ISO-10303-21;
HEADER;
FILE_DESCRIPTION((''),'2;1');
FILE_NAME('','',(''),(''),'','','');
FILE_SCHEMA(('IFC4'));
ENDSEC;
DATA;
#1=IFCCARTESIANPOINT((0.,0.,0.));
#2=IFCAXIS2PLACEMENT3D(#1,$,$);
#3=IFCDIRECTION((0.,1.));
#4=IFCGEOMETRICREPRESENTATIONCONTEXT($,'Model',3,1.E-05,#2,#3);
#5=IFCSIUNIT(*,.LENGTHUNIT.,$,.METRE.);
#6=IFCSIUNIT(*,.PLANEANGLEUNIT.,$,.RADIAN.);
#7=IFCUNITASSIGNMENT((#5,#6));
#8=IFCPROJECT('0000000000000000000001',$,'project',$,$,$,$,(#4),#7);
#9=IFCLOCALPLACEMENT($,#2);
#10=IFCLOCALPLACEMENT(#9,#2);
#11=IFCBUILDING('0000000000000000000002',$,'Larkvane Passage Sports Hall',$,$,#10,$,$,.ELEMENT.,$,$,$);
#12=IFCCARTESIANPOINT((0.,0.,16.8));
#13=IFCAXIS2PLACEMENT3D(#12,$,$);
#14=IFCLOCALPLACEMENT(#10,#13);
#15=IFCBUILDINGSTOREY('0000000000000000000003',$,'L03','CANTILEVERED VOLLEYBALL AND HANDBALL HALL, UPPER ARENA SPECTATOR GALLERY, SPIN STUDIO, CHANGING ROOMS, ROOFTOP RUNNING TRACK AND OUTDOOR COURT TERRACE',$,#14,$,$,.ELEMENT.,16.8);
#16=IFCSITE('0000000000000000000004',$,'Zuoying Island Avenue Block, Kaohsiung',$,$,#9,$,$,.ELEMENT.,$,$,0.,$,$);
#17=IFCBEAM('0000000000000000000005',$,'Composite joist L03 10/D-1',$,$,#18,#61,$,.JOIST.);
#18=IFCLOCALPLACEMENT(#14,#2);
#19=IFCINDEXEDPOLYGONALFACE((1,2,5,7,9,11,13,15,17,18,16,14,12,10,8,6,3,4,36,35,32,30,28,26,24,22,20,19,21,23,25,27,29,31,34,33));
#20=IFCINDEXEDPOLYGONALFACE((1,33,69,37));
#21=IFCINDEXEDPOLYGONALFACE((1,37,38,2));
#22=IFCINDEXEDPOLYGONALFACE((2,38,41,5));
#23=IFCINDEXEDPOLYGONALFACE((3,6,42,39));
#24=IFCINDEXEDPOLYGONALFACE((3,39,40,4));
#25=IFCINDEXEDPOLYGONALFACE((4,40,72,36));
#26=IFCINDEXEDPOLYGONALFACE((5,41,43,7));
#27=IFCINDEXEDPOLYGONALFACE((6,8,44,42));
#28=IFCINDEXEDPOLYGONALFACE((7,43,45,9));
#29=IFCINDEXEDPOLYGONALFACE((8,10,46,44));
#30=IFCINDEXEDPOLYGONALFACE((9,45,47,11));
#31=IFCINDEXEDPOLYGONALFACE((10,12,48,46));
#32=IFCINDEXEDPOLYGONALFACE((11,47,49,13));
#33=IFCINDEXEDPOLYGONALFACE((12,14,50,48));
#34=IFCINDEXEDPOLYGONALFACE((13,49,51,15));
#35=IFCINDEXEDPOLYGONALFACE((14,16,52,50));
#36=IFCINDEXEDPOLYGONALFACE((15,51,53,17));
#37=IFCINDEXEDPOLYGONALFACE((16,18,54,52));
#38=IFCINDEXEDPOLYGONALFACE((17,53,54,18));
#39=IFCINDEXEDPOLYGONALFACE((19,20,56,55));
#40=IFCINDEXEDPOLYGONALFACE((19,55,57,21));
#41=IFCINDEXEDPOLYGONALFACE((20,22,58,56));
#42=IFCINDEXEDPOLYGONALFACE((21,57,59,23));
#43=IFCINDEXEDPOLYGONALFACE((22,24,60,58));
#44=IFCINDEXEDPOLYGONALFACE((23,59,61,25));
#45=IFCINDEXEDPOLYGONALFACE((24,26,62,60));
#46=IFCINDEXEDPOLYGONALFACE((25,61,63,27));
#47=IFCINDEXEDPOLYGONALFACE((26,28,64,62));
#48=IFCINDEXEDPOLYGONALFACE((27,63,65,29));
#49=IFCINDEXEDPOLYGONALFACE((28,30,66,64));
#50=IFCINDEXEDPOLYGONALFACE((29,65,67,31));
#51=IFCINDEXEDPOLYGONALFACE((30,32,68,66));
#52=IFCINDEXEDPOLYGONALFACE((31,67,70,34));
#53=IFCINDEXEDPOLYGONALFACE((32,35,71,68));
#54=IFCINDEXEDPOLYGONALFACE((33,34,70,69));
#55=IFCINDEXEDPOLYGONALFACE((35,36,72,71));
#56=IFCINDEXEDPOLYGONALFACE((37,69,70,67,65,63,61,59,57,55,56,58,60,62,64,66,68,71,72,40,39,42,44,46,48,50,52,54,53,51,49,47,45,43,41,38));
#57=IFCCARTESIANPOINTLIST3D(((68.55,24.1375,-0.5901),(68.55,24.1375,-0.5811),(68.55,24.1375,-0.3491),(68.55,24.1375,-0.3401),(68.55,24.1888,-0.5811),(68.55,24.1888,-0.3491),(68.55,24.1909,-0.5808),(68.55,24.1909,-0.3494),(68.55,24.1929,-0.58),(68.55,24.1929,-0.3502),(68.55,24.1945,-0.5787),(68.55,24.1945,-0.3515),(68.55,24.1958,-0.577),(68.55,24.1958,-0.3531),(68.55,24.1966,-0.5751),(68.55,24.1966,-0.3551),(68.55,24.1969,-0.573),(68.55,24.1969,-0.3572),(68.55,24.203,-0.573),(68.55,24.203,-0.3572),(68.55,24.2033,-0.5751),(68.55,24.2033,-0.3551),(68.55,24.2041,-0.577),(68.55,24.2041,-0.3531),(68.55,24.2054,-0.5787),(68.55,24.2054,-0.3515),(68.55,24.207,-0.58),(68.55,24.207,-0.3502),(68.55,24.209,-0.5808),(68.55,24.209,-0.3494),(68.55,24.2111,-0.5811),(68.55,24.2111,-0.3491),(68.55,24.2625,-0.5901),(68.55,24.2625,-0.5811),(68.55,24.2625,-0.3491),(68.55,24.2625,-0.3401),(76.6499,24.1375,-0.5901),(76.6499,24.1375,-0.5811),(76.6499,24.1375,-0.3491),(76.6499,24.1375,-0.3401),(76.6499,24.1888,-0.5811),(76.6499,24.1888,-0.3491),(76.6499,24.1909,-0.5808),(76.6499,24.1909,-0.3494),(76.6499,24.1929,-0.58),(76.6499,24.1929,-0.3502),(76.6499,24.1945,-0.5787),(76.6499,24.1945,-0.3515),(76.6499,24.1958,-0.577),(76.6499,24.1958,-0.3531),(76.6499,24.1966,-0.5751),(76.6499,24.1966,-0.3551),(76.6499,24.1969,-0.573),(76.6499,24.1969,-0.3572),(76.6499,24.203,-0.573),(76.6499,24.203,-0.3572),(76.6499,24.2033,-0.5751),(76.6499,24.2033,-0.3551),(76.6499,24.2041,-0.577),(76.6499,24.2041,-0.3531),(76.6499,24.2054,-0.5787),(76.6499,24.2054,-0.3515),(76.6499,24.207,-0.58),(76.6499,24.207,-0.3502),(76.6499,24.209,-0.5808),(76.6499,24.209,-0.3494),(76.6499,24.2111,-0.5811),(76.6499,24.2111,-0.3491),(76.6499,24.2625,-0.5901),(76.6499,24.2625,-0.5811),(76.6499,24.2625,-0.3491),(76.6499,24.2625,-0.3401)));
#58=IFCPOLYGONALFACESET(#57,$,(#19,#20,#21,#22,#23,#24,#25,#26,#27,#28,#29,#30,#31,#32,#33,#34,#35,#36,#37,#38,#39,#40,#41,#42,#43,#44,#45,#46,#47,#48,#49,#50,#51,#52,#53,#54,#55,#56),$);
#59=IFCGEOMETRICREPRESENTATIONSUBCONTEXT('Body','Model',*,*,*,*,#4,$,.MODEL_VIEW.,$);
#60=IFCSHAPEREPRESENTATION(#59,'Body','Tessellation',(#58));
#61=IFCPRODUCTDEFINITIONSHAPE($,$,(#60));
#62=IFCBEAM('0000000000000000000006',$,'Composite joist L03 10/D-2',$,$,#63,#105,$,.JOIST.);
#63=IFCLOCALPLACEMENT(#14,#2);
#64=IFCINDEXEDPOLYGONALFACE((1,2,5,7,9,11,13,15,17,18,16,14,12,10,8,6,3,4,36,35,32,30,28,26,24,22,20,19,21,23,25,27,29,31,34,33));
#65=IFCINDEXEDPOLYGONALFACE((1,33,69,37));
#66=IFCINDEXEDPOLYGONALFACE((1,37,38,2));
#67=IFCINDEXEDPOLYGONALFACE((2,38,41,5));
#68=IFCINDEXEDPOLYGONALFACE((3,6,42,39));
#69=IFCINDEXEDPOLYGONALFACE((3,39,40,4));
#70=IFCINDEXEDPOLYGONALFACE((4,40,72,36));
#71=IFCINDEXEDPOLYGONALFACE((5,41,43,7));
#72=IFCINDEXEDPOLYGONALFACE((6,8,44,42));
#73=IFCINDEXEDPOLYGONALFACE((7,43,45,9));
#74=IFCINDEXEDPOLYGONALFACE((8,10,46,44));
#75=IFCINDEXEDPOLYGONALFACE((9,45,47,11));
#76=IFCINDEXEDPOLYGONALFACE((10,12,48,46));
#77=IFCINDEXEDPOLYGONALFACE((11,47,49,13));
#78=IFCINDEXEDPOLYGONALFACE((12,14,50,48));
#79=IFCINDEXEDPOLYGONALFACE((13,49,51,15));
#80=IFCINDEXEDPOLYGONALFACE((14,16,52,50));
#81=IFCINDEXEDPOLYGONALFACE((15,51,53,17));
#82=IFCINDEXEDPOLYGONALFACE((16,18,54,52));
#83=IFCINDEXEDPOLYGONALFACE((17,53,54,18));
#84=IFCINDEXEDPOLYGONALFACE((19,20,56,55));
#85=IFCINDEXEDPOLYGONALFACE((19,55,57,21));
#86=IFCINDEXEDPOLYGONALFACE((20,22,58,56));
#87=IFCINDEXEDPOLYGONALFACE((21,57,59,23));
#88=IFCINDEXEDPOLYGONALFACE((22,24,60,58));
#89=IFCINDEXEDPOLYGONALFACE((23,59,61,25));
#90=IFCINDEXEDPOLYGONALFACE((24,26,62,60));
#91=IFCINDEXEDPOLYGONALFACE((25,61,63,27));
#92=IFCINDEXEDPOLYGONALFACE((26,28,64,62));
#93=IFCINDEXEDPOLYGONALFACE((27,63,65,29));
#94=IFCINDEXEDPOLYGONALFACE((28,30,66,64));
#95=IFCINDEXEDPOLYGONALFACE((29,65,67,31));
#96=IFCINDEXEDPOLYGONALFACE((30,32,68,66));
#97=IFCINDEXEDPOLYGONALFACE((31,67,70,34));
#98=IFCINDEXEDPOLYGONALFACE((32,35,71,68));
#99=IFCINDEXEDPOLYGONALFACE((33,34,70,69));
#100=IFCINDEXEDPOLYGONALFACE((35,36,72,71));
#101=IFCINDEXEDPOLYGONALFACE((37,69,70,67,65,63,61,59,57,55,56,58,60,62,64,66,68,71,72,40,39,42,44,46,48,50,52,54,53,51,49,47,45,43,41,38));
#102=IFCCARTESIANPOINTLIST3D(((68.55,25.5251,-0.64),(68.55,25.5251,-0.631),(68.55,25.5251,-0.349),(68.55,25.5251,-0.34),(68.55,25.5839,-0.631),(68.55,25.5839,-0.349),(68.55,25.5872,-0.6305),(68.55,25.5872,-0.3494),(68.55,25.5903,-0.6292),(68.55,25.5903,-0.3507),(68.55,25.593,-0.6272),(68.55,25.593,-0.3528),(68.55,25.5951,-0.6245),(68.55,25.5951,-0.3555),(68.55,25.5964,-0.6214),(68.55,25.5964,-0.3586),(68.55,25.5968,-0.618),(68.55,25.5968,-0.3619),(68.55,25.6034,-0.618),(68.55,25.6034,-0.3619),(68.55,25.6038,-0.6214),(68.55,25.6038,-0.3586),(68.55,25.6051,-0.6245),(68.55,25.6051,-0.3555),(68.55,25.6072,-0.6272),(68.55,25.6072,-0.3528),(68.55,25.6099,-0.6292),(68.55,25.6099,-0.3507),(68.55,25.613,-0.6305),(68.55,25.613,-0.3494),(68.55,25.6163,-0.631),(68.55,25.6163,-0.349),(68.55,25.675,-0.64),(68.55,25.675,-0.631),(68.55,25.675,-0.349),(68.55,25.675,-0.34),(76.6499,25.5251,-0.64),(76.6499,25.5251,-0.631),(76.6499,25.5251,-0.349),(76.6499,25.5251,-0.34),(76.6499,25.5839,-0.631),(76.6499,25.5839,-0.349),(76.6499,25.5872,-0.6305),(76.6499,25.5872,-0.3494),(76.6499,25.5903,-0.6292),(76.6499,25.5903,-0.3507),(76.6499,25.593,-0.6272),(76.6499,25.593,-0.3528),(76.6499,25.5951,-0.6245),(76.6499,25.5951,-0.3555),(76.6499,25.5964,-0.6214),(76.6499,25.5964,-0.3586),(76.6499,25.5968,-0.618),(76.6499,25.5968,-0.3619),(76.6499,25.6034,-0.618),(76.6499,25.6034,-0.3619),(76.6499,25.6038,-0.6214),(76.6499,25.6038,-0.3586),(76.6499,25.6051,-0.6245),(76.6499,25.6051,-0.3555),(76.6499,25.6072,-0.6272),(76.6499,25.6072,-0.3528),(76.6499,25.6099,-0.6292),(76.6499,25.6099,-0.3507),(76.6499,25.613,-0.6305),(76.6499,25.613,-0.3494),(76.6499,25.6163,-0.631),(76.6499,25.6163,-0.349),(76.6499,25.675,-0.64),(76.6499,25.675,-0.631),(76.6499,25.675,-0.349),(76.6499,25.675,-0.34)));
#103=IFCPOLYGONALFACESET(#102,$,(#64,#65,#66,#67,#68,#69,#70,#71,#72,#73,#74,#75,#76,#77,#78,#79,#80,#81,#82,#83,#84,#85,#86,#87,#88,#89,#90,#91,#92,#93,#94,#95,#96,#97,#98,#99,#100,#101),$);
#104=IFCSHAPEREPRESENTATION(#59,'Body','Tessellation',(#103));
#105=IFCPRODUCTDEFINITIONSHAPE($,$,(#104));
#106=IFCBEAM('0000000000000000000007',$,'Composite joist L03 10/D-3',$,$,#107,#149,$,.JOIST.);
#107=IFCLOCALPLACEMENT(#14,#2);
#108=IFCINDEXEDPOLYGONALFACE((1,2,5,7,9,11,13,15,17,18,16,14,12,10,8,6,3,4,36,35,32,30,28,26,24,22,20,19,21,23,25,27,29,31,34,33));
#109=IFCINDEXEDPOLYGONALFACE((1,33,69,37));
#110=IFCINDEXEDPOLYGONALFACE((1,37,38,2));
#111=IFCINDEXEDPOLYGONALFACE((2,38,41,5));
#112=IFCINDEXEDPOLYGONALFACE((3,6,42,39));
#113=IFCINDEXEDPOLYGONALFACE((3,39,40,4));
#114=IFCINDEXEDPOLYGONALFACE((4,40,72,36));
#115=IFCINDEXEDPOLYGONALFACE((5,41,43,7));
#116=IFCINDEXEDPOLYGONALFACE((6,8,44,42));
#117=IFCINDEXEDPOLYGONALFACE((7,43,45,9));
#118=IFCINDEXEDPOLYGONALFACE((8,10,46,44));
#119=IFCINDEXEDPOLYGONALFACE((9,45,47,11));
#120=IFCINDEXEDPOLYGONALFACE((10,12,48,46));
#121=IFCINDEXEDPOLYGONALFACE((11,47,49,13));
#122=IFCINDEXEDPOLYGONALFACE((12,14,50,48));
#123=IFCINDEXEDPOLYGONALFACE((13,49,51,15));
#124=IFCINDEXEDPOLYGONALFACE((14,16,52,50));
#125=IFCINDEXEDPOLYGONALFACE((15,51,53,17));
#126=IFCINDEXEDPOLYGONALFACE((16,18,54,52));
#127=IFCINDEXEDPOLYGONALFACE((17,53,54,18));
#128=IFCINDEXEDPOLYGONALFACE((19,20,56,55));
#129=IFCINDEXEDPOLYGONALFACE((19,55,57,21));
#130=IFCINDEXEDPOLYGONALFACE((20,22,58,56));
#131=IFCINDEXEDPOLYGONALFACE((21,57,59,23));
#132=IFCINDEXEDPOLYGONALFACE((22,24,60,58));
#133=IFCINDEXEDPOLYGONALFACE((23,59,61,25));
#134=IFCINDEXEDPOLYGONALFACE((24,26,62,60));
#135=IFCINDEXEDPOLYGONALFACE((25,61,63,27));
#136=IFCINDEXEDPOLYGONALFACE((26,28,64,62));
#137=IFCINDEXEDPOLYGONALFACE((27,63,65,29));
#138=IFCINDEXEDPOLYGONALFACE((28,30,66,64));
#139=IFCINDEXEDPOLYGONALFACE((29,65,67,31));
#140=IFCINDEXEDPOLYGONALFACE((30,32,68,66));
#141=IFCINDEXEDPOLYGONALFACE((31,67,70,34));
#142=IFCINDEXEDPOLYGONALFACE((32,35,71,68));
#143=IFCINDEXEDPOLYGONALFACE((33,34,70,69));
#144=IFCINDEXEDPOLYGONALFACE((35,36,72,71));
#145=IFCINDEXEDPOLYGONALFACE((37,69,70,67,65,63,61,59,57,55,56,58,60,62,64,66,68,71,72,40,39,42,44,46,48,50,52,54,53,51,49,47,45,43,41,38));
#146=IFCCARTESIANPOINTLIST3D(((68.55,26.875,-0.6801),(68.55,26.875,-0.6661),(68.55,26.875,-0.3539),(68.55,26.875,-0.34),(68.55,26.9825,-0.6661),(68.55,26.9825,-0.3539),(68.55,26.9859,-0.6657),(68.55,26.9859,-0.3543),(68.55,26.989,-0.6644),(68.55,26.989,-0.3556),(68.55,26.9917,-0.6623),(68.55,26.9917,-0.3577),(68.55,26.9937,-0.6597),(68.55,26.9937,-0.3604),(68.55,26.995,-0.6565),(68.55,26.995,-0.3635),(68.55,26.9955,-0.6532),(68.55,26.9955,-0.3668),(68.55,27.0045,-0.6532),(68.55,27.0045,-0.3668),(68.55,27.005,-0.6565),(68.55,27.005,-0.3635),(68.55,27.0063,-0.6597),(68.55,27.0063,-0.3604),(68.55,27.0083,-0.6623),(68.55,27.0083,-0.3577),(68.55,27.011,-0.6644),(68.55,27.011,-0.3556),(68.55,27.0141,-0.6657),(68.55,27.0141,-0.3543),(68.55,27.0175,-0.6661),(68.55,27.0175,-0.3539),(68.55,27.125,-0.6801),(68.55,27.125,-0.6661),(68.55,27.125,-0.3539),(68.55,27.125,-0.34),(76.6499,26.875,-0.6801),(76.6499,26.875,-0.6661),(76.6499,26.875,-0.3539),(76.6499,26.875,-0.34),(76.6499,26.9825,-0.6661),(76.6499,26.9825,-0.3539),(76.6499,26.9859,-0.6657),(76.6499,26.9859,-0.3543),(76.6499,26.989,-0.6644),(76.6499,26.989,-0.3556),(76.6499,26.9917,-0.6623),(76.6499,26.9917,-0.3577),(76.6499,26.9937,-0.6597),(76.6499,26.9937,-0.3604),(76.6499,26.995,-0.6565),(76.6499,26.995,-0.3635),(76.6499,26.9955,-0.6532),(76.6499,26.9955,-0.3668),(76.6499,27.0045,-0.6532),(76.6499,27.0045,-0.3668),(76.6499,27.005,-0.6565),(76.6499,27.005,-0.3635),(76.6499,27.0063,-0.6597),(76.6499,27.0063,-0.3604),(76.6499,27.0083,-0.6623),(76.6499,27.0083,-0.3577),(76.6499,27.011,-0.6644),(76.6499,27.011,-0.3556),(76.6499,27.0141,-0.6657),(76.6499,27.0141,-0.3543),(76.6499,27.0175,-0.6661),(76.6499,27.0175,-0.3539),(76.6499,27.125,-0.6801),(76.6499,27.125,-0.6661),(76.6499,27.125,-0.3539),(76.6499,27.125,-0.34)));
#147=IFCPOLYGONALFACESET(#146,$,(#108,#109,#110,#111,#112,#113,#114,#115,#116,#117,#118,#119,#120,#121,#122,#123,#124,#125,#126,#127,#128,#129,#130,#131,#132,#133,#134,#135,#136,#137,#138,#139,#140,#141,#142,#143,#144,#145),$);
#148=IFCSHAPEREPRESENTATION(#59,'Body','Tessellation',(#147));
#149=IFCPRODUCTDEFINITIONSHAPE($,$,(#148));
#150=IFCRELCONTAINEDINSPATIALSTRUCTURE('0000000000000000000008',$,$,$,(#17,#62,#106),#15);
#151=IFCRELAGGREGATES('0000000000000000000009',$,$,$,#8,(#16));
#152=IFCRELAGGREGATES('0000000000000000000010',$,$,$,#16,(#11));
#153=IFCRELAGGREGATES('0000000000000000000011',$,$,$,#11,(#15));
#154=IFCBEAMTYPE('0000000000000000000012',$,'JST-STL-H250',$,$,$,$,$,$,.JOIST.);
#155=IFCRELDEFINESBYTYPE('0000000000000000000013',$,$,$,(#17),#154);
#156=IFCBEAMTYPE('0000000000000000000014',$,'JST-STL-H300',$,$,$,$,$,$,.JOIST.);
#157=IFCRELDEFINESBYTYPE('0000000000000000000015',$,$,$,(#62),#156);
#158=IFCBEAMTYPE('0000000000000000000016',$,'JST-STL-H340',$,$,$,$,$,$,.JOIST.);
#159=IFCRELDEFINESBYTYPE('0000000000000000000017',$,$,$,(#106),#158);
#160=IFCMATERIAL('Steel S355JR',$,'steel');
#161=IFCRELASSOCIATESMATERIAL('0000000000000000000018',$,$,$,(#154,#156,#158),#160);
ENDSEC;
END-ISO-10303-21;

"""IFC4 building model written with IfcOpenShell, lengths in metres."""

from ifc_helpers import new_model, si_unit, direction, frame, origin, origin_2d, place, context, subcontext, project, spatial, i_section, extrude, material, material_profile, profile_set, type_object, element, save


model = new_model("IFC4")

# Units and contexts
model_context = context("Model", 3, precision=1e-05, world=origin(), true_north=direction((0.0, 1.0)))
body_context = subcontext(model_context, "Body", "Model", "MODEL_VIEW")
ifc_project = project(units=[si_unit("LENGTHUNIT", "METRE"), si_unit("PLANEANGLEUNIT", "RADIAN")], contexts=[model_context])

# Site, building, storey
site_placement = place(None, origin())
site = spatial("IfcSite", under=ifc_project, at=site_placement, Name="Zuoying Island Avenue Block, Kaohsiung", CompositionType="ELEMENT", RefElevation=0.0)
building_placement = place(site_placement, origin())
building = spatial("IfcBuilding", under=site, at=building_placement, Name="Larkvane Passage Sports Hall", CompositionType="ELEMENT")
storey_placement = place(building_placement, frame((0.0, 0.0, 16.8)))
storey = spatial("IfcBuildingStorey", under=building, at=storey_placement, Name="L03", Description="CANTILEVERED VOLLEYBALL AND HANDBALL HALL, UPPER ARENA SPECTATOR GALLERY, SPIN STUDIO, CHANGING ROOMS, ROOFTOP RUNNING TRACK AND OUTDOOR COURT TERRACE", CompositionType="ELEMENT", Elevation=16.8)

# Shared definitions
ifc_material_1 = material(Name="Steel S355JR", Category="steel")

# Beams
ifc_material_profile_1 = material_profile(ifc_material_1, i_section(OverallWidth=0.125, OverallDepth=0.25, WebThickness=0.0061, FlangeThickness=0.009, FilletRadius=0.0081, at=origin_2d()), Name="H-250x125x6x9")
ifc_profile_set_1 = profile_set([ifc_material_profile_1], Name="Steel S355JR")
beam_type_1 = type_object("IfcBeamType", Name="JST-STL-H250", PredefinedType="JOIST", material=ifc_profile_set_1)
beam_1_placement = place(storey_placement, frame((68.55, 24.2, -0.4651), z_axis=(1.0, 0.0, 0.0), x_axis=(0.0, 1.0, 0.0)))
element("IfcBeam", 1, at=beam_1_placement, inside=storey, type_object=beam_type_1, Name="Composite joist L03 10/D-1", PredefinedType="JOIST", context=body_context, shape_type="SweptSolid", body=[
    extrude(i_section(OverallWidth=0.125, OverallDepth=0.25, WebThickness=0.0061, FlangeThickness=0.009, FilletRadius=0.0081, at=origin_2d()), origin(), (0.0, 0.0, 1.0), 8.0999),
])
ifc_material_profile_2 = material_profile(ifc_material_1, i_section(OverallWidth=0.1499, OverallDepth=0.3, WebThickness=0.0066, FlangeThickness=0.009, FilletRadius=0.0129, at=origin_2d()), Name="H-300x150x6.5x9")
ifc_profile_set_2 = profile_set([ifc_material_profile_2], Name="Steel S355JR")
beam_type_2 = type_object("IfcBeamType", Name="JST-STL-H300", PredefinedType="JOIST", material=ifc_profile_set_2)
beam_2_placement = place(storey_placement, frame((68.55, 25.6001, -0.49), z_axis=(1.0, 0.0, 0.0), x_axis=(0.0, 1.0, 0.0)))
element("IfcBeam", 2, at=beam_2_placement, inside=storey, type_object=beam_type_2, Name="Composite joist L03 10/D-2", PredefinedType="JOIST", context=body_context, shape_type="SweptSolid", body=[
    extrude(i_section(OverallWidth=0.1499, OverallDepth=0.3, WebThickness=0.0066, FlangeThickness=0.009, FilletRadius=0.0129, at=origin_2d()), origin(), (0.0, 0.0, 1.0), 8.0999),
])
ifc_material_profile_3 = material_profile(ifc_material_1, i_section(OverallWidth=0.25, OverallDepth=0.3401, WebThickness=0.009, FlangeThickness=0.0139, FilletRadius=0.0129, at=origin_2d()), Name="H-340x250x9x14")
ifc_profile_set_3 = profile_set([ifc_material_profile_3], Name="Steel S355JR")
beam_type_3 = type_object("IfcBeamType", Name="JST-STL-H340", PredefinedType="JOIST", material=ifc_profile_set_3)
beam_3_placement = place(storey_placement, frame((68.55, 27.0, -0.51), z_axis=(1.0, 0.0, 0.0), x_axis=(0.0, 1.0, 0.0)))
element("IfcBeam", 3, at=beam_3_placement, inside=storey, type_object=beam_type_3, Name="Composite joist L03 10/D-3", PredefinedType="JOIST", context=body_context, shape_type="SweptSolid", body=[
    extrude(i_section(OverallWidth=0.25, OverallDepth=0.3401, WebThickness=0.009, FlangeThickness=0.0139, FilletRadius=0.0129, at=origin_2d()), origin(), (0.0, 0.0, 1.0), 8.0999),
])

save(model, "model.ifc")
